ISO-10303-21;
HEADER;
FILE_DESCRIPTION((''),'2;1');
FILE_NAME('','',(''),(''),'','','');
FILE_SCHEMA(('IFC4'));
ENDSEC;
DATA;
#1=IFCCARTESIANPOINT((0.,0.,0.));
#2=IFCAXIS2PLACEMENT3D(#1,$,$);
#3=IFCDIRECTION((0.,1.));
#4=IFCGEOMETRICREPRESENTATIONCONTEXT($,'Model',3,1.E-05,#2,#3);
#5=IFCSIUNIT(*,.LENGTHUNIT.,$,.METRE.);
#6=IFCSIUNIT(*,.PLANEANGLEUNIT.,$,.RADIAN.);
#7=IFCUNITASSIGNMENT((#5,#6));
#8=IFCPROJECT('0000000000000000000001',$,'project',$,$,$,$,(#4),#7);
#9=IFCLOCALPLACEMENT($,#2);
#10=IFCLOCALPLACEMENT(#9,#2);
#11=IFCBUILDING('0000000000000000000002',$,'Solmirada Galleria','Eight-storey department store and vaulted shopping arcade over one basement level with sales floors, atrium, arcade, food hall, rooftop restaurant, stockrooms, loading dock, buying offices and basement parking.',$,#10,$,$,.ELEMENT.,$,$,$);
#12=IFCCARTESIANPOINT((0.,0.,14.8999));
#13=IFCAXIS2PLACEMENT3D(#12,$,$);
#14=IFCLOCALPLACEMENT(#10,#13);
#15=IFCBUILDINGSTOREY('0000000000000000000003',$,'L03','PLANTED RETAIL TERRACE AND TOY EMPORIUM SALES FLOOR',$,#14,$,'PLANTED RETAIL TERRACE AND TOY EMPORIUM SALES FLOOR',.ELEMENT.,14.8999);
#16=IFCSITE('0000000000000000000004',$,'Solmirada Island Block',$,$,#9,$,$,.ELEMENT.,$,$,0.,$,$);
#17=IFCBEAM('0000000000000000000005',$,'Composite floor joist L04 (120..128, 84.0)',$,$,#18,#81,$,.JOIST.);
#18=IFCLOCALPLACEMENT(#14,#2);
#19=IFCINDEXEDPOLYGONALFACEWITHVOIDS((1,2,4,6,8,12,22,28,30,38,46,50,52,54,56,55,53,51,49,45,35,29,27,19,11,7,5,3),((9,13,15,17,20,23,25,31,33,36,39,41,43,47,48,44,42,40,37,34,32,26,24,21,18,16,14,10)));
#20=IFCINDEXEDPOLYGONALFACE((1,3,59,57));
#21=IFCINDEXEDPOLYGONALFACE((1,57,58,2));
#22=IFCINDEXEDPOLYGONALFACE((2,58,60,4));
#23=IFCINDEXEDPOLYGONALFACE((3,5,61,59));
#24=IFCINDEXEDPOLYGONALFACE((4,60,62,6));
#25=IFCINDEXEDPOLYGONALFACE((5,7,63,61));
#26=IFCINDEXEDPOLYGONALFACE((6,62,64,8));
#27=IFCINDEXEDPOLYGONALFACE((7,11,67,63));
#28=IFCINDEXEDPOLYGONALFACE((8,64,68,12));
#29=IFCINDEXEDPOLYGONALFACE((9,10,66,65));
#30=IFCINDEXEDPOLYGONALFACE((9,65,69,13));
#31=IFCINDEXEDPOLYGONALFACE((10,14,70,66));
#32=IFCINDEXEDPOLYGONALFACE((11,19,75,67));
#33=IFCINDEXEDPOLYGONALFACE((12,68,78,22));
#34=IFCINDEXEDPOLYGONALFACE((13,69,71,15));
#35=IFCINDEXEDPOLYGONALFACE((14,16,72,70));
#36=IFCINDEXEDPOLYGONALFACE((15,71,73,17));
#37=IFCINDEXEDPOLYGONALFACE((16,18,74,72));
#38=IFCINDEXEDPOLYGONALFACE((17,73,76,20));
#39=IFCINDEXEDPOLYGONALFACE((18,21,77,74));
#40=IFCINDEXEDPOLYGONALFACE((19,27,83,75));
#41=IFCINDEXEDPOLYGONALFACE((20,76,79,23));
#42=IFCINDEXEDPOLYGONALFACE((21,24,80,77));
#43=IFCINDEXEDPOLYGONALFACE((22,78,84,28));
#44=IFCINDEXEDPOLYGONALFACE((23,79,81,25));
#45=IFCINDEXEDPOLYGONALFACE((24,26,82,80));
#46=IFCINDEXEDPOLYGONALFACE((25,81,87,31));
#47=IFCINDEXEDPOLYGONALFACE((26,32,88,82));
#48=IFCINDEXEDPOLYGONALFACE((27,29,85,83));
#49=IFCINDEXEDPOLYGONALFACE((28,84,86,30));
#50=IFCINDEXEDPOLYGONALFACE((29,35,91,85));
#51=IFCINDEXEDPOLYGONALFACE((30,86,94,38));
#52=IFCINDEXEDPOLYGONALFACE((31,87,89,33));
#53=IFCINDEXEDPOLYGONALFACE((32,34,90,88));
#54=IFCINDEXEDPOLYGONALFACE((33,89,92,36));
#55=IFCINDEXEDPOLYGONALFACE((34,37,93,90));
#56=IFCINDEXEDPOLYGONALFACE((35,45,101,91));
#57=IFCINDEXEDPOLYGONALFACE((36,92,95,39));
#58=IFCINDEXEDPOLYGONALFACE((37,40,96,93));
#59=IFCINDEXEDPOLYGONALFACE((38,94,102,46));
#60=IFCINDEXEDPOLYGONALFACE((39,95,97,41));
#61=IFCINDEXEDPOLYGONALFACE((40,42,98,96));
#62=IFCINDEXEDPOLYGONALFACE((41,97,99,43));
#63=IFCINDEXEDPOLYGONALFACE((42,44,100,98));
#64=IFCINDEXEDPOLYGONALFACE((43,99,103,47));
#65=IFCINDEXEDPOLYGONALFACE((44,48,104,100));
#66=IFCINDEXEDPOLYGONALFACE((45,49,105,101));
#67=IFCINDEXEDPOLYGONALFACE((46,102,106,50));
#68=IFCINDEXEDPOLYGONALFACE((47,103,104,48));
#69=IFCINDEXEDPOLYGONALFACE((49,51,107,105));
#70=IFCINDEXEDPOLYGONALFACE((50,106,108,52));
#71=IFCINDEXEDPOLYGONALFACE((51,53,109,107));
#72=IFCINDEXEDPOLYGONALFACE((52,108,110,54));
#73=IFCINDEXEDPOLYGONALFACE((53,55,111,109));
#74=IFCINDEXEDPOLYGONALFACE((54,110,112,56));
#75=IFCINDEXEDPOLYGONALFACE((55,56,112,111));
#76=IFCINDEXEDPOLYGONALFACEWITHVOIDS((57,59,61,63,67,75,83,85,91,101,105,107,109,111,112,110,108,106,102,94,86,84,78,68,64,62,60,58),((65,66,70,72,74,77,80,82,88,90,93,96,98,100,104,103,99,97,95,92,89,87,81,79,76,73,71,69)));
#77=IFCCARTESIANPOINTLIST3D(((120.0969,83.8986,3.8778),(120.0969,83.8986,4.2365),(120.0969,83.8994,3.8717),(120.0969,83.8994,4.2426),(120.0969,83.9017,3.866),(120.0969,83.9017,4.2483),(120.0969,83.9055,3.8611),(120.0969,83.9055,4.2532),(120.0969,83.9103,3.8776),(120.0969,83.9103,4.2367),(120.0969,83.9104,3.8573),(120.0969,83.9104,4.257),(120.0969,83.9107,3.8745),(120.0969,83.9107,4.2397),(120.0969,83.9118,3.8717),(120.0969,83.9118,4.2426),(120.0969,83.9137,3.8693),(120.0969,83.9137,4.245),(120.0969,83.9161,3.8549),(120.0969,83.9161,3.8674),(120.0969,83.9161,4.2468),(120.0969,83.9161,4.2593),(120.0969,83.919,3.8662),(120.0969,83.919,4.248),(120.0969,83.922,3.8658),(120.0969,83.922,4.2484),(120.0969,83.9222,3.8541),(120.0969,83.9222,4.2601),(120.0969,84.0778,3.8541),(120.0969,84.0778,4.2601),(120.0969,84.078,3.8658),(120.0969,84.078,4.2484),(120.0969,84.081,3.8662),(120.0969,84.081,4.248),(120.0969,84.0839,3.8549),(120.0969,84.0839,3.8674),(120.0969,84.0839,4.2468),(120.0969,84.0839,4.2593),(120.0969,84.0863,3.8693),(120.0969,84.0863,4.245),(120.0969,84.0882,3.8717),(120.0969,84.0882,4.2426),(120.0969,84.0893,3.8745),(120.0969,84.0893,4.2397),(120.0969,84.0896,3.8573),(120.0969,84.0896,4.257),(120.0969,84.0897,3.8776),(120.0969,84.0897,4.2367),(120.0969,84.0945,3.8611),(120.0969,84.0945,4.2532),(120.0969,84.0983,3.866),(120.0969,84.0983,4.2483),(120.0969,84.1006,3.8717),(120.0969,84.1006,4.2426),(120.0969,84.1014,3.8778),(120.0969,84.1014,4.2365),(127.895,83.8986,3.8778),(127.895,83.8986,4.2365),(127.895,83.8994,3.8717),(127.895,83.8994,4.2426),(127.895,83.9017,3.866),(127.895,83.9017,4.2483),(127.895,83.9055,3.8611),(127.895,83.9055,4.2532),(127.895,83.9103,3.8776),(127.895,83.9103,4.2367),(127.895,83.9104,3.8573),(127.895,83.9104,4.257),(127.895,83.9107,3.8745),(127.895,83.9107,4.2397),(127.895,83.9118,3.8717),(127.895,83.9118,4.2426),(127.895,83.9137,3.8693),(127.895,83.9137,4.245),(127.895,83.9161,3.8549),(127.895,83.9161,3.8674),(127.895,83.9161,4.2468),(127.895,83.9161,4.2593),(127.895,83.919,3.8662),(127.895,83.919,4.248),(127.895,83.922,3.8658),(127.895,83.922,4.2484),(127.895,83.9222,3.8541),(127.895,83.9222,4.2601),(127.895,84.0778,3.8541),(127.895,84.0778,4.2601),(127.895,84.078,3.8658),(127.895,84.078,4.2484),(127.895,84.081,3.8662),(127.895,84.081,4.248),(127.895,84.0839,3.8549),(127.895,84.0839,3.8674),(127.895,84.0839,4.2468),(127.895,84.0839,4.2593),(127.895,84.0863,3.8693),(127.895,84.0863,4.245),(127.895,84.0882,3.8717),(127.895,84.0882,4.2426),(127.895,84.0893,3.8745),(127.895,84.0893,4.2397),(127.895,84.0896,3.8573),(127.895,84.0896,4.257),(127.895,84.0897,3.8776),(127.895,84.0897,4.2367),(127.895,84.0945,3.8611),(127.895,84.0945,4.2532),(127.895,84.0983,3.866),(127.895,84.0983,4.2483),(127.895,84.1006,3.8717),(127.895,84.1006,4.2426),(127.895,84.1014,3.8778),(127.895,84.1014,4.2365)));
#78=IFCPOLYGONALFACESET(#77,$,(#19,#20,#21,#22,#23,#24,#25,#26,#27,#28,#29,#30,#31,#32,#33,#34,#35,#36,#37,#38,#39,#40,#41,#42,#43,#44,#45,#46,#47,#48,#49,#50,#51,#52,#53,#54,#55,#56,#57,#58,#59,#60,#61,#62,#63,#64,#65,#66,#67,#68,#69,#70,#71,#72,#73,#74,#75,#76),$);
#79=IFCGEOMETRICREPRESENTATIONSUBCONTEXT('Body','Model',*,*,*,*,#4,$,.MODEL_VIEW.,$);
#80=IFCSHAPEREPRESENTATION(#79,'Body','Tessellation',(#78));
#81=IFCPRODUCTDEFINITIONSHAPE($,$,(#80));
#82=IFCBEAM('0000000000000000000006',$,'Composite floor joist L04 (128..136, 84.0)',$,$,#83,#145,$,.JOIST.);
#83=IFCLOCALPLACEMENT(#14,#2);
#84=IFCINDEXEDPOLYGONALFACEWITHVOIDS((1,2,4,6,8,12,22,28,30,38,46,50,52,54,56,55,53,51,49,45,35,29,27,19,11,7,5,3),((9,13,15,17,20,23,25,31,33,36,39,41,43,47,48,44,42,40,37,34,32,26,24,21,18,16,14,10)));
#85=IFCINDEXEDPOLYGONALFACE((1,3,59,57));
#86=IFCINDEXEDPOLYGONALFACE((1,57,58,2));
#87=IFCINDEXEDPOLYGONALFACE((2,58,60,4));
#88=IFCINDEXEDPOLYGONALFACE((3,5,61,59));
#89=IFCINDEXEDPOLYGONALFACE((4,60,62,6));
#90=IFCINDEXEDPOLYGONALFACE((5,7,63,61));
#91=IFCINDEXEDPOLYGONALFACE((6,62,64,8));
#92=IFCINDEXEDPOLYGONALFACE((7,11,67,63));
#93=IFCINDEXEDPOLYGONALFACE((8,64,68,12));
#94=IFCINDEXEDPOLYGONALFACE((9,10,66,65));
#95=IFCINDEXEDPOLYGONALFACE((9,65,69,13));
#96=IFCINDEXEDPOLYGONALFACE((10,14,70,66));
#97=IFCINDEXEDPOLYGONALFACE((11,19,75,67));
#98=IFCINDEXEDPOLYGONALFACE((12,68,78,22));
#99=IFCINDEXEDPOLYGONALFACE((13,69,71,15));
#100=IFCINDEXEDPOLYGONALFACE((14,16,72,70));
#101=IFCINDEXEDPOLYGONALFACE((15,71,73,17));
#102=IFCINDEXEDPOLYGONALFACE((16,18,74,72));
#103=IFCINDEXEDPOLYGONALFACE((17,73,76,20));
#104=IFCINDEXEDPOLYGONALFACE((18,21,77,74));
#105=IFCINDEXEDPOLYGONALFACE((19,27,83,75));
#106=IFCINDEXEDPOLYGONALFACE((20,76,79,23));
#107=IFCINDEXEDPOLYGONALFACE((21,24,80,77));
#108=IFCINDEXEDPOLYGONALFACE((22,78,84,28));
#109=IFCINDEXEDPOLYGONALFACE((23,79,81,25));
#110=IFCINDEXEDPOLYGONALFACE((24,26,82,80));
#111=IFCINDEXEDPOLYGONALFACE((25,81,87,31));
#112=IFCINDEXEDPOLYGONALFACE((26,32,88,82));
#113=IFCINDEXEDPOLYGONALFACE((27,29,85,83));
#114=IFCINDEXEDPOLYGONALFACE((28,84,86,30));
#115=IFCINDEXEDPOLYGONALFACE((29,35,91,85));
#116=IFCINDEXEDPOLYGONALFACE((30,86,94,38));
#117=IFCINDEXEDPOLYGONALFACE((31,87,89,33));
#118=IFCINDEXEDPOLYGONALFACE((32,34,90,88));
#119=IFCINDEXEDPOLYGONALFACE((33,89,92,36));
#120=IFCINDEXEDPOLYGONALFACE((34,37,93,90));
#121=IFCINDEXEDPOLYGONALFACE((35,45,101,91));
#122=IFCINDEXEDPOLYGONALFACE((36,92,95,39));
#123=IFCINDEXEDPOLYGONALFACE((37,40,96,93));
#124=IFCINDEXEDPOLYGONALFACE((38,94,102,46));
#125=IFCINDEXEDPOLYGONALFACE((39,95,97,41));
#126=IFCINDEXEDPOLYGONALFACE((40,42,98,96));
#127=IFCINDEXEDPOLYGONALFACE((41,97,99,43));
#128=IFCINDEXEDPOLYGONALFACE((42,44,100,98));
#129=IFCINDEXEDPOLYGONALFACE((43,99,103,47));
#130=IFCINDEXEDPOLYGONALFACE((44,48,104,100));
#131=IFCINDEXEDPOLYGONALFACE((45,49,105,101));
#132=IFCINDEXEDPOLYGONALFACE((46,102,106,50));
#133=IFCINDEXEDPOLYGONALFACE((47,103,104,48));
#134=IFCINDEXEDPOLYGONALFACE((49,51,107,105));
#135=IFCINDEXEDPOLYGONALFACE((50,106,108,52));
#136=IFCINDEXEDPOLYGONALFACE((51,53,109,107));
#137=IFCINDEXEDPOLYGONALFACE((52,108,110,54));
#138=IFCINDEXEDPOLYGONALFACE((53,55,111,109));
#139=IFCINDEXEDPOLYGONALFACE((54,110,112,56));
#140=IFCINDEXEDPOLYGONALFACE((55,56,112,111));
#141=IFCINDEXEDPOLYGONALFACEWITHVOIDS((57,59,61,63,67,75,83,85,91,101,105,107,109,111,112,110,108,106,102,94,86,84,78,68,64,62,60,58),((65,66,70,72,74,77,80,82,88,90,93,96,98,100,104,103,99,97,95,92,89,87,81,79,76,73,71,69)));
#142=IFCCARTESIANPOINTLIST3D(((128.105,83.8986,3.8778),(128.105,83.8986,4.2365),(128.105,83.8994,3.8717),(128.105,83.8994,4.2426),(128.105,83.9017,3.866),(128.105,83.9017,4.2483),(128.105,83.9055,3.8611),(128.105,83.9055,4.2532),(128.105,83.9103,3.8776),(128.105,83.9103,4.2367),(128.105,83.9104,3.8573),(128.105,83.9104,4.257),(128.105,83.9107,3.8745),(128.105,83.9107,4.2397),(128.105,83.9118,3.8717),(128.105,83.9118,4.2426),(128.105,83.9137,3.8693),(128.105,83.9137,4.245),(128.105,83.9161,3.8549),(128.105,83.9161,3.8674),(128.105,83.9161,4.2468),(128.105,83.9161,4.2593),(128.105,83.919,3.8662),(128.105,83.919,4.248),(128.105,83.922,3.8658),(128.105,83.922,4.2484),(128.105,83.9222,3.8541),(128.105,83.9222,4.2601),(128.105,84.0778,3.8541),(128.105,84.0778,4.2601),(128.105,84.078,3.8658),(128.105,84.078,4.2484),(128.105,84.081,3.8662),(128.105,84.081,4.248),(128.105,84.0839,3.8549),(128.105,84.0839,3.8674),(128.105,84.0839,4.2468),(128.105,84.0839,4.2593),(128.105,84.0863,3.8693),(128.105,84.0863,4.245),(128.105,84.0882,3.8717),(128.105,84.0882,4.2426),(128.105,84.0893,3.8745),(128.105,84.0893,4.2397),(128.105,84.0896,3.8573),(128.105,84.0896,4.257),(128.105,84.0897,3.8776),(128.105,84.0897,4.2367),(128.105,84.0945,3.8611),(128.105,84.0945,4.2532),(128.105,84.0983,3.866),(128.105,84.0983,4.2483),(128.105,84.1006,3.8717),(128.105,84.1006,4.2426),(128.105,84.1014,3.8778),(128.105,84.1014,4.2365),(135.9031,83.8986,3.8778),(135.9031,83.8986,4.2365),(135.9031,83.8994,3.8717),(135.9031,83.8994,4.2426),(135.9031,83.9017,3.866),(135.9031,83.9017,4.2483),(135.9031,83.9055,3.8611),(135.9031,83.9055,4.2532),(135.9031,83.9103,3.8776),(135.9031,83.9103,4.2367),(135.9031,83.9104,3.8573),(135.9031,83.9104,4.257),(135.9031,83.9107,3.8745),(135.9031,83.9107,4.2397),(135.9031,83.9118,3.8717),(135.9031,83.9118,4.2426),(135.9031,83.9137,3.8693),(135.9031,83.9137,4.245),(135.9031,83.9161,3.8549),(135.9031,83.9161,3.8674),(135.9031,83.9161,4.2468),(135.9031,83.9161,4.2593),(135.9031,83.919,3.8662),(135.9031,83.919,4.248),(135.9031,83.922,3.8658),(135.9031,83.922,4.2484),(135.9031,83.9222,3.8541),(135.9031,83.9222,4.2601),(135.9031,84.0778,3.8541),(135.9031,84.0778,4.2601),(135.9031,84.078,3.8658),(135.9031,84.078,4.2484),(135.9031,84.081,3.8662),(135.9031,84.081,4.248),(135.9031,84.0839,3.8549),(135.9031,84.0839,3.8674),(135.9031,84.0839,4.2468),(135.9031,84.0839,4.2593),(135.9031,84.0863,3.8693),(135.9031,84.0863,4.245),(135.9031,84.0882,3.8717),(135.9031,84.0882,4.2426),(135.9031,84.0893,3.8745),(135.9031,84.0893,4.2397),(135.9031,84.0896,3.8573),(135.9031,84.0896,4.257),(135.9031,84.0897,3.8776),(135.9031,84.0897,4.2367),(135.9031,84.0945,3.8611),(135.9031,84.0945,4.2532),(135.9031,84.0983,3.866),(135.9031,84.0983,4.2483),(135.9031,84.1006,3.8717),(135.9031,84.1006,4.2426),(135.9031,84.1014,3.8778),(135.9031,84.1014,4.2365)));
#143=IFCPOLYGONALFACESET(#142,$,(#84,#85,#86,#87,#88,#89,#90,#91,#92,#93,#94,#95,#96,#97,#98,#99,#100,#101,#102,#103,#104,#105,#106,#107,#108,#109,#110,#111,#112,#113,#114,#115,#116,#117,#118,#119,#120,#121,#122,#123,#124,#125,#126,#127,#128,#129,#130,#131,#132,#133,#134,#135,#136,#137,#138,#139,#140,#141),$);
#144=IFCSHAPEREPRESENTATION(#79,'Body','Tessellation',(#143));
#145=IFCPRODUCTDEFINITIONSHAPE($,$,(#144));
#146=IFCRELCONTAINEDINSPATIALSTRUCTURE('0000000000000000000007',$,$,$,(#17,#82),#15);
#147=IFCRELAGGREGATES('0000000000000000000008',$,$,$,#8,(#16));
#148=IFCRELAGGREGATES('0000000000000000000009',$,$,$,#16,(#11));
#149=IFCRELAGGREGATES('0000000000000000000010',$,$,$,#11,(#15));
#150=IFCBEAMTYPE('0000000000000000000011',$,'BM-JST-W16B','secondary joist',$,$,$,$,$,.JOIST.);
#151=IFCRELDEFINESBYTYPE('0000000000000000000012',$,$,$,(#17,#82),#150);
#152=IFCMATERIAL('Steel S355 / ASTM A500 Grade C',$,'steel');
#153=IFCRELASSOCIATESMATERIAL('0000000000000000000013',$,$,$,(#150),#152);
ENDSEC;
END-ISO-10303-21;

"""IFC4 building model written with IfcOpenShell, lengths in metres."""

from ifc_helpers import new_model, si_unit, direction, frame, origin, origin_2d, place, context, subcontext, project, spatial, hollow_rectangle, extrude, material, material_profile, profile_set, type_object, element, save


model = new_model("IFC4")

# Units and contexts
model_context = context("Model", 3, precision=1e-05, world=origin(), true_north=direction((0.0, 1.0)))
body_context = subcontext(model_context, "Body", "Model", "MODEL_VIEW")
ifc_project = project(units=[si_unit("LENGTHUNIT", "METRE"), si_unit("PLANEANGLEUNIT", "RADIAN")], contexts=[model_context])

# Site, building, storey
site_placement = place(None, origin())
site = spatial("IfcSite", under=ifc_project, at=site_placement, Name="Solmirada Island Block", CompositionType="ELEMENT", RefElevation=0.0)
building_placement = place(site_placement, origin())
building = spatial("IfcBuilding", under=site, at=building_placement, Name="Solmirada Galleria", Description="Eight-storey department store and vaulted shopping arcade over one basement level with sales floors, atrium, arcade, food hall, rooftop restaurant, stockrooms, loading dock, buying offices and basement parking.", CompositionType="ELEMENT")
storey_placement = place(building_placement, frame((0.0, 0.0, 14.8999)))
storey = spatial("IfcBuildingStorey", under=building, at=storey_placement, Name="L03", Description="PLANTED RETAIL TERRACE AND TOY EMPORIUM SALES FLOOR", LongName="PLANTED RETAIL TERRACE AND TOY EMPORIUM SALES FLOOR", CompositionType="ELEMENT", Elevation=14.8999)

# Shared definitions
ifc_material_1 = material(Name="Steel S355 / ASTM A500 Grade C", Category="steel")

# Beams
ifc_material_profile_1 = material_profile(ifc_material_1, hollow_rectangle(XDim=0.2029, YDim=0.406, WallThickness=0.0117, InnerFilletRadius=0.0117, OuterFilletRadius=0.0237, at=origin_2d()), Name="HSS16X8X1/2")
ifc_profile_set_1 = profile_set([ifc_material_profile_1], Name="Steel S355 / ASTM A500 Grade C")
beam_type_1 = type_object("IfcBeamType", Name="BM-JST-W16B", Description="secondary joist", PredefinedType="JOIST", material=ifc_profile_set_1)
for number, where, z_axis, x_axis, name in (
    (1, (120.0969, 84.0, 4.0571), (1.0, 0.0, 0.0), (0.0, 1.0, 0.0), "Composite floor joist L04 (120..128, 84.0)"),
    (2, (128.105, 84.0, 4.0571), (1.0, 0.0, 0.0), (0.0, 1.0, 0.0), "Composite floor joist L04 (128..136, 84.0)"),
):
    element("IfcBeam", number, at=place(storey_placement, frame(where, z_axis=z_axis, x_axis=x_axis)), inside=storey, type_object=beam_type_1, Name=name, PredefinedType="JOIST", context=body_context, shape_type="SweptSolid", body=[
        extrude(hollow_rectangle(XDim=0.2029, YDim=0.406, WallThickness=0.0117, InnerFilletRadius=0.0117, OuterFilletRadius=0.0237, at=origin_2d()), origin(), (0.0, 0.0, 1.0), 7.7981),
    ])

save(model, "model.ifc")
